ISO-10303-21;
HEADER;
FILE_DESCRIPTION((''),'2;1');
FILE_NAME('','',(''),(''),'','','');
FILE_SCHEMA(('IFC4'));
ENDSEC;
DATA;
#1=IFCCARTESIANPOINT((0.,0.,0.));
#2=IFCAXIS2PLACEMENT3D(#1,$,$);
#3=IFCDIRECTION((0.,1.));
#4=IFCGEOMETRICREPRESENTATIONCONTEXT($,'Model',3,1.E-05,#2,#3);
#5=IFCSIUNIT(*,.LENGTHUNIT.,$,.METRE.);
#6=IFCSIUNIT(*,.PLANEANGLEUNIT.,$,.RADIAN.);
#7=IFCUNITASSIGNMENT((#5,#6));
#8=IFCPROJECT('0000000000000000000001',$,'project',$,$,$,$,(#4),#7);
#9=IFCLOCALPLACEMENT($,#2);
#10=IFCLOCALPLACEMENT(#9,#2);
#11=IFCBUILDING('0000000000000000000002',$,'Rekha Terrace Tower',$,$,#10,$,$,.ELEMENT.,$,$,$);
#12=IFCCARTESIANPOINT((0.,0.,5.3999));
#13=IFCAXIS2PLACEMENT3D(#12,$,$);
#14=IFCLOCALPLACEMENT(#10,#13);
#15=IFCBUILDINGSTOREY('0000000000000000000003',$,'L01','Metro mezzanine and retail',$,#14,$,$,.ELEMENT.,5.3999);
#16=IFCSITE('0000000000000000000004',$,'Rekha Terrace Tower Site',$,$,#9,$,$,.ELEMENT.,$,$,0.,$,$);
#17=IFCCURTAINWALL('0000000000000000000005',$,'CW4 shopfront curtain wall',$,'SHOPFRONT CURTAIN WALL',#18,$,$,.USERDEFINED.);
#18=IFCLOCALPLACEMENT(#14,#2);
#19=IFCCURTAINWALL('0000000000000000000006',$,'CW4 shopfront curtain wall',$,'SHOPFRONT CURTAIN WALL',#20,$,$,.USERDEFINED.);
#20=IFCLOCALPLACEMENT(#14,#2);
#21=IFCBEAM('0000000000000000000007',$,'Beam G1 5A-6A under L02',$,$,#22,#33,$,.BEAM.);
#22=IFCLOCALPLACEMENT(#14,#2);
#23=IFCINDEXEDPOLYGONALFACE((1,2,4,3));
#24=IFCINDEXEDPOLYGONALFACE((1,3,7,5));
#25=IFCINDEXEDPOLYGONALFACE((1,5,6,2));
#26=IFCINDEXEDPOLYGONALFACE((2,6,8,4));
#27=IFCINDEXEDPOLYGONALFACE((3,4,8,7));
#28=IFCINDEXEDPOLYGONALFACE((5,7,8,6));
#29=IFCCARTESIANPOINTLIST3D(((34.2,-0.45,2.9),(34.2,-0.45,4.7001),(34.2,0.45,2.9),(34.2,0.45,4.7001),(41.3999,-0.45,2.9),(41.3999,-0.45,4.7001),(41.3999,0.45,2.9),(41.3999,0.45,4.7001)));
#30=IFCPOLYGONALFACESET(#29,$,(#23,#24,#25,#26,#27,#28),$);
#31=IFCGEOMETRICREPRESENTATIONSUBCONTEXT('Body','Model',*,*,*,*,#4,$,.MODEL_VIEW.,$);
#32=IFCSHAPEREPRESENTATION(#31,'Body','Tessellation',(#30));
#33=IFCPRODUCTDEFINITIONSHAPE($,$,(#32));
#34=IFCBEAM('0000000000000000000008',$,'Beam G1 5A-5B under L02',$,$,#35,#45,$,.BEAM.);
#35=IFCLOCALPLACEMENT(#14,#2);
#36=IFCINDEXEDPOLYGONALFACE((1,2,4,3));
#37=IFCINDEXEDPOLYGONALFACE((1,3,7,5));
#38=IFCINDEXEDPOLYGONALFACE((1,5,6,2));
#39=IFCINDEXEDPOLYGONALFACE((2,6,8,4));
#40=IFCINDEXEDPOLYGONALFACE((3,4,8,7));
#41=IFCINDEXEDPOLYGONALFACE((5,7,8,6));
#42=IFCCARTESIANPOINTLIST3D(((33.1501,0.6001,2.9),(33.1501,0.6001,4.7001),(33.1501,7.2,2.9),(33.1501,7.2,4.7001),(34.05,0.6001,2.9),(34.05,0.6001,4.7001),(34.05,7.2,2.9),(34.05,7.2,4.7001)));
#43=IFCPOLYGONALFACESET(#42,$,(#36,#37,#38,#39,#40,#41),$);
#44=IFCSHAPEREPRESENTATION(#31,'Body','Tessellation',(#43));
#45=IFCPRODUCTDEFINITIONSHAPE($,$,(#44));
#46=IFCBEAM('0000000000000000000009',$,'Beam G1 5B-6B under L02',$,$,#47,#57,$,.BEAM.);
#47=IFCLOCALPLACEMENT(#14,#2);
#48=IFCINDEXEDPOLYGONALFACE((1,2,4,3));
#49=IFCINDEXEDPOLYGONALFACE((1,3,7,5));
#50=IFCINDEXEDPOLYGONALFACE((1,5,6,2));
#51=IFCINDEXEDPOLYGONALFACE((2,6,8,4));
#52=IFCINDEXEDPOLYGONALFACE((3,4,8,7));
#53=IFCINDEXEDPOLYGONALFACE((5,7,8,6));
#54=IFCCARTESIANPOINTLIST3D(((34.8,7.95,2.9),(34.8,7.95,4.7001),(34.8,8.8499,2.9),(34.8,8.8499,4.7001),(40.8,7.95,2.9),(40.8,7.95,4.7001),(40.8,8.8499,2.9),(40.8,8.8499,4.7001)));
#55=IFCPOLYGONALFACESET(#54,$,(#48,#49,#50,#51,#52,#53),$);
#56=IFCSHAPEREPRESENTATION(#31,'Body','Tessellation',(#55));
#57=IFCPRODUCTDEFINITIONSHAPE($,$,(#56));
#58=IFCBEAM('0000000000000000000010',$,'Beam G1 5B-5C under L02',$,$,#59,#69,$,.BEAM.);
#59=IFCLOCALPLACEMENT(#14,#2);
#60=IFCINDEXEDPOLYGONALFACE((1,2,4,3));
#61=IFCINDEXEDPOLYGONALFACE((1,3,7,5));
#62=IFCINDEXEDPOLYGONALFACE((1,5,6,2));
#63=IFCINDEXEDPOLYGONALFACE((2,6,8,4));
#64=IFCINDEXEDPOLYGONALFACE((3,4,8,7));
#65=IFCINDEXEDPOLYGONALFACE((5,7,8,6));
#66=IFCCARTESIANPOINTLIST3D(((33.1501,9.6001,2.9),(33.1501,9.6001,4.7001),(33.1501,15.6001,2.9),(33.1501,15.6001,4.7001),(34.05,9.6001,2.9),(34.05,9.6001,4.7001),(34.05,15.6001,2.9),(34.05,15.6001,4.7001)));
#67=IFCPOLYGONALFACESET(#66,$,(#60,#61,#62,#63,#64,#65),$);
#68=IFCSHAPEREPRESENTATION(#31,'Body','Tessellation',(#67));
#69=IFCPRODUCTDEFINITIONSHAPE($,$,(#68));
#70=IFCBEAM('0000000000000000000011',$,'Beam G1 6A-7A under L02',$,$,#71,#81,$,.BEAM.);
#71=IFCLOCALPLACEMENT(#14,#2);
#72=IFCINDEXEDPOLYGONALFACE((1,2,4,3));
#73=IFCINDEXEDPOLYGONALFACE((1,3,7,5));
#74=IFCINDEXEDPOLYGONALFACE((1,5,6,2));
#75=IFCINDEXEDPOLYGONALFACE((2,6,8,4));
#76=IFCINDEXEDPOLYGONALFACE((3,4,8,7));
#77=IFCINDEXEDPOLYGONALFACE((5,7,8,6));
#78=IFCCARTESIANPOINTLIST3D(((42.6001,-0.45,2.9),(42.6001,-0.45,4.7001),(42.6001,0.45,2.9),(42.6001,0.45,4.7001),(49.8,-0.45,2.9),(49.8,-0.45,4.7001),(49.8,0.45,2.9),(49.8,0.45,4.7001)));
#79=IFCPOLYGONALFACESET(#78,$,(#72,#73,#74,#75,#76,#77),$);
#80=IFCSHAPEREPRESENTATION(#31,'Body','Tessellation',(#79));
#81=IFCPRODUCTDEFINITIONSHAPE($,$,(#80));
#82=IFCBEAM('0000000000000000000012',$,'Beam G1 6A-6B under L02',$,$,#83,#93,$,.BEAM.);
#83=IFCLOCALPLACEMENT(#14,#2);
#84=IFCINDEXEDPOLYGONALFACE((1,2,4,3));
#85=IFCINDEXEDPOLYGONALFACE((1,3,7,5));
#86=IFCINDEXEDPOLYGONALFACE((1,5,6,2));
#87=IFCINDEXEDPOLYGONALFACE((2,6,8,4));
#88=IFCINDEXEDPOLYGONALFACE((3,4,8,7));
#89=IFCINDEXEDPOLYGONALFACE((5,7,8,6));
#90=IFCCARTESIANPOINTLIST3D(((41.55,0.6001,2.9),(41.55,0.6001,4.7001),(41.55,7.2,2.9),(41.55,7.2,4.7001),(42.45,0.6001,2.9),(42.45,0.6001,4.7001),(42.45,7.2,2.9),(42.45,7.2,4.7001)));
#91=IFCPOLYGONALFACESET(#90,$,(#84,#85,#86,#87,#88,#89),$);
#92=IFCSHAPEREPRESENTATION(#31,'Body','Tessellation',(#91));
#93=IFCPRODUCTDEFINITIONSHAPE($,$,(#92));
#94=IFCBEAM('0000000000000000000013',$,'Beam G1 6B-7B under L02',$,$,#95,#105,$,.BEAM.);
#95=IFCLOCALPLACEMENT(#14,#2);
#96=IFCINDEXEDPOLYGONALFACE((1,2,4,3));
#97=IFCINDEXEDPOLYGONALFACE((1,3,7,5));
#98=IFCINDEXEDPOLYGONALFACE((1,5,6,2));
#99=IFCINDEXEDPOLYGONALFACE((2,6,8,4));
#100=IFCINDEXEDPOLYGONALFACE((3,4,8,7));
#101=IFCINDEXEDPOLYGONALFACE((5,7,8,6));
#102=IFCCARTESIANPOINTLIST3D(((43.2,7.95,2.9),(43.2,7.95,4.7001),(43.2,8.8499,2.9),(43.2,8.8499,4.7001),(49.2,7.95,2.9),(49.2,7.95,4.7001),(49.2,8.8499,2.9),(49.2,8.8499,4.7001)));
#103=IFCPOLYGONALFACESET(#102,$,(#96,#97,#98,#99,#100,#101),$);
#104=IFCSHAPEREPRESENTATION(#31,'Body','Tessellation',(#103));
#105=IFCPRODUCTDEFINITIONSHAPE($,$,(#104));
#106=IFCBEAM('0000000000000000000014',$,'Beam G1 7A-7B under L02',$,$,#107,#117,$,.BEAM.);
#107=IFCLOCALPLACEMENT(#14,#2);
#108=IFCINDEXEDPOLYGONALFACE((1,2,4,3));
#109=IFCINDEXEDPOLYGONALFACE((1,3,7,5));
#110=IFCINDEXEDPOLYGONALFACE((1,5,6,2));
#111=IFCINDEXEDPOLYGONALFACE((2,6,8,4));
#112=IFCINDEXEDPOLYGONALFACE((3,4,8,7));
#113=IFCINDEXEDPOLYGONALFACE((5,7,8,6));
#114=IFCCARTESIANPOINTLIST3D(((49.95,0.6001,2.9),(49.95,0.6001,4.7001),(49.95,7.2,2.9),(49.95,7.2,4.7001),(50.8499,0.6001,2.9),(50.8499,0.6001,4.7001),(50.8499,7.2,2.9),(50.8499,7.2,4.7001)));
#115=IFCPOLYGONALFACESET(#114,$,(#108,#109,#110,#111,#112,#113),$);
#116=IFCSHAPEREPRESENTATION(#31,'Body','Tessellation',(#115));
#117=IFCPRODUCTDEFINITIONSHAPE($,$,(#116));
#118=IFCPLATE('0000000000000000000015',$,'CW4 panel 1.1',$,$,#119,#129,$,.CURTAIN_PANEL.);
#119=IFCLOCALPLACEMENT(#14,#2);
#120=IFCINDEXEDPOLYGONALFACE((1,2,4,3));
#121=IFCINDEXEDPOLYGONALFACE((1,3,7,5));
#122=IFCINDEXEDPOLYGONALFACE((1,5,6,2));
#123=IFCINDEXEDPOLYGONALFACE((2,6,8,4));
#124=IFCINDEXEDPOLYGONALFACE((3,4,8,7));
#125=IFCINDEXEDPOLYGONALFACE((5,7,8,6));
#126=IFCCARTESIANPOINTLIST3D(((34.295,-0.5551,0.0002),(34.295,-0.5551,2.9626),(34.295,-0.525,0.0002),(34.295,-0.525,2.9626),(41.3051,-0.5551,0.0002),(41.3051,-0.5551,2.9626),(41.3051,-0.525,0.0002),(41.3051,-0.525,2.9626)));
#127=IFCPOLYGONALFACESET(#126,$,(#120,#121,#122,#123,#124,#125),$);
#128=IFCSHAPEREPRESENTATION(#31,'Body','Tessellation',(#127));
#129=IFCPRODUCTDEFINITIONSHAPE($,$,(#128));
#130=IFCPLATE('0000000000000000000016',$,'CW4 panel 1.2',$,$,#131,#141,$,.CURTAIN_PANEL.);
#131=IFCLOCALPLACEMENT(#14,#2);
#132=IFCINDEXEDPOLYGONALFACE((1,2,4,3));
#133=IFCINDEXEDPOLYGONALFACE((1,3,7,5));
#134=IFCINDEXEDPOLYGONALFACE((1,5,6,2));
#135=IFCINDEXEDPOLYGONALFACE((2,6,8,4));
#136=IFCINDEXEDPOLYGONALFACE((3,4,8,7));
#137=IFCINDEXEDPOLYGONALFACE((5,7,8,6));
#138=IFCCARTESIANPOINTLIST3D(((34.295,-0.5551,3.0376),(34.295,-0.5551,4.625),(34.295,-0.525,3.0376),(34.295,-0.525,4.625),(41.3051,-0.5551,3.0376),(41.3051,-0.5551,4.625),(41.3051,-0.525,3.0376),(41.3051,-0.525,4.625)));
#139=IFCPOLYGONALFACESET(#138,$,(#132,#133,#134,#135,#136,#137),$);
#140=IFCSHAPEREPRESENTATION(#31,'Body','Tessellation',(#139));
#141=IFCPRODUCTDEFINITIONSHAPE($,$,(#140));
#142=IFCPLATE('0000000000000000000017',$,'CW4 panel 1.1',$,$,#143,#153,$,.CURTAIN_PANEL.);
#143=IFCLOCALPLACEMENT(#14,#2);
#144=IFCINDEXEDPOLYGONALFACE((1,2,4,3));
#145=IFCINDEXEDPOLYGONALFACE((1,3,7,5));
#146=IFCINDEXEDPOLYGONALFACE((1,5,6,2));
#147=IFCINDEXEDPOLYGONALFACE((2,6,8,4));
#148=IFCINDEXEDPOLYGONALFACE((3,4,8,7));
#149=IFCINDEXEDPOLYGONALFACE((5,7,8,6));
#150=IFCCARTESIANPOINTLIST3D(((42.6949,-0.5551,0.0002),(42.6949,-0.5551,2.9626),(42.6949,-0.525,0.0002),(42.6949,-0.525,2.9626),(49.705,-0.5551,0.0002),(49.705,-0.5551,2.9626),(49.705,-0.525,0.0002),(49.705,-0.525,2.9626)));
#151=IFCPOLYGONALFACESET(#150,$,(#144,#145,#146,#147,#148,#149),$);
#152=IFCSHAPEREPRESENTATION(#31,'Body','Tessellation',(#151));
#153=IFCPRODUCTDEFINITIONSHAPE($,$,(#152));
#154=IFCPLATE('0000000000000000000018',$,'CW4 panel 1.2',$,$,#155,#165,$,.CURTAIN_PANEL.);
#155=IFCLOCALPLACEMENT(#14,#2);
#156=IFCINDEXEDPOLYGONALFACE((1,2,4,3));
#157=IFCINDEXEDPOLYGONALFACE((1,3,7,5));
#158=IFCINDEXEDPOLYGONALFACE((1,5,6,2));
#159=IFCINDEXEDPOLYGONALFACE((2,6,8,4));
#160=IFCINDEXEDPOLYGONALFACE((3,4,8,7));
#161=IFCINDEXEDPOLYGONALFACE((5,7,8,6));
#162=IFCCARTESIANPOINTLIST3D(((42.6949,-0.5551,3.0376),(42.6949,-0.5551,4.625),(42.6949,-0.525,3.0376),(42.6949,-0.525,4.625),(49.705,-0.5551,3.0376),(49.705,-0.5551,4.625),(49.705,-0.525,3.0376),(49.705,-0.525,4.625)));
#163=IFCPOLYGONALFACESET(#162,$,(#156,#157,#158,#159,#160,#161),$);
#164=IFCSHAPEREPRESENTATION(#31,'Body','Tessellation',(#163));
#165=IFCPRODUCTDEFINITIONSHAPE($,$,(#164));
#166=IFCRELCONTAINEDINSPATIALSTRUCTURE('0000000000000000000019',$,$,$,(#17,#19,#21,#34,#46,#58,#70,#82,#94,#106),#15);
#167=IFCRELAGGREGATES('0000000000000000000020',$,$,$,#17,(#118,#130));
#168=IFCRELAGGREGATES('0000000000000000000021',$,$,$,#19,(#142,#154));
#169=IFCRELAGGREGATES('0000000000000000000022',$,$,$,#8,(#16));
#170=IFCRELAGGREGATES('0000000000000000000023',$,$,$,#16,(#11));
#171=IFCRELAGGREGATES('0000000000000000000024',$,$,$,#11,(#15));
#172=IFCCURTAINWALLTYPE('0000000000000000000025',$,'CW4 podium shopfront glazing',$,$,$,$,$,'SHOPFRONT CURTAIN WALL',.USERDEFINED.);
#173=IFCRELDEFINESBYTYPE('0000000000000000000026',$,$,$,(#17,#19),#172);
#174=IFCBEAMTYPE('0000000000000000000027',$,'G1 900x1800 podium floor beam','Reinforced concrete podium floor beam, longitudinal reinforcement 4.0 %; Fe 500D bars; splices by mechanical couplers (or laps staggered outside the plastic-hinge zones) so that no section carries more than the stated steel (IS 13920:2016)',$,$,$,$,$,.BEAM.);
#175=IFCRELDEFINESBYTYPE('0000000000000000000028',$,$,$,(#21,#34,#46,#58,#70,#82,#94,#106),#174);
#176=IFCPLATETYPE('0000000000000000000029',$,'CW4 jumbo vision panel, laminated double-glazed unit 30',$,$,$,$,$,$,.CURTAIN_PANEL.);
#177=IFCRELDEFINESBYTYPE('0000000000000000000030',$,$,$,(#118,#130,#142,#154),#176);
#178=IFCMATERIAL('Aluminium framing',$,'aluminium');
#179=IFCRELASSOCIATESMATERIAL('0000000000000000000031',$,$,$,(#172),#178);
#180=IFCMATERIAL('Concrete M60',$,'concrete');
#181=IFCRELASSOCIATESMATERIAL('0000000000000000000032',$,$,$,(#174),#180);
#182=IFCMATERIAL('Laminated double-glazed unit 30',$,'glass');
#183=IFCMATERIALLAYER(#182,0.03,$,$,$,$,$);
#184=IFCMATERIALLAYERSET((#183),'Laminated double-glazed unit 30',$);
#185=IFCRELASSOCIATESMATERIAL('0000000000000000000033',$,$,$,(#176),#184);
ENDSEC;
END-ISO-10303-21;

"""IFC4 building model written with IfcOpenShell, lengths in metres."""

from ifc_helpers import new_model, si_unit, direction, frame, origin, origin_2d, place, context, subcontext, project, spatial, rectangle, extrude, material, layer, layer_set, material_profile, profile_set, type_object, element, aggregate, save


model = new_model("IFC4")

# Units and contexts
model_context = context("Model", 3, precision=1e-05, world=origin(), true_north=direction((0.0, 1.0)))
body_context = subcontext(model_context, "Body", "Model", "MODEL_VIEW")
ifc_project = project(units=[si_unit("LENGTHUNIT", "METRE"), si_unit("PLANEANGLEUNIT", "RADIAN")], contexts=[model_context])

# Site, building, storey
site_placement = place(None, origin())
site = spatial("IfcSite", under=ifc_project, at=site_placement, Name="Rekha Terrace Tower Site", CompositionType="ELEMENT", RefElevation=0.0)
building_placement = place(site_placement, origin())
building = spatial("IfcBuilding", under=site, at=building_placement, Name="Rekha Terrace Tower", CompositionType="ELEMENT")
storey_placement = place(building_placement, frame((0.0, 0.0, 5.3999)))
storey = spatial("IfcBuildingStorey", under=building, at=storey_placement, Name="L01", Description="Metro mezzanine and retail", CompositionType="ELEMENT", Elevation=5.3999)

# Shared definitions
ifc_material_1 = material(Name="Concrete M60", Category="concrete")

# Curtain walls
ifc_material_2 = material(Name="Aluminium framing", Category="aluminium")
curtain_wall_type = type_object("IfcCurtainWallType", Name="CW4 podium shopfront glazing", ElementType="SHOPFRONT CURTAIN WALL", PredefinedType="USERDEFINED", material=ifc_material_2)
curtain_wall_1_placement = place(storey_placement, origin())
curtain_wall_1 = element("IfcCurtainWall", 1, at=curtain_wall_1_placement, inside=storey, type_object=curtain_wall_type, Name="CW4 shopfront curtain wall", ObjectType="SHOPFRONT CURTAIN WALL", PredefinedType="USERDEFINED")
curtain_wall_2_placement = place(storey_placement, origin())
curtain_wall_2 = element("IfcCurtainWall", 2, at=curtain_wall_2_placement, inside=storey, type_object=curtain_wall_type, Name="CW4 shopfront curtain wall", ObjectType="SHOPFRONT CURTAIN WALL", PredefinedType="USERDEFINED")

# Beams
ifc_material_profile_1 = material_profile(ifc_material_1, rectangle(XDim=0.8999, YDim=1.8, at=origin_2d()), Name="RC 900x1800")
ifc_profile_set_1 = profile_set([ifc_material_profile_1], Name="Concrete M60")
beam_type = type_object("IfcBeamType", Name="G1 900x1800 podium floor beam", Description="Reinforced concrete podium floor beam, longitudinal reinforcement 4.0 %; Fe 500D bars; splices by mechanical couplers (or laps staggered outside the plastic-hinge zones) so that no section carries more than the stated steel (IS 13920:2016)", PredefinedType="BEAM", material=ifc_profile_set_1)
beam_1_placement = place(storey_placement, frame((34.2, 0.0, 3.8), z_axis=(1.0, 0.0, 0.0), x_axis=(0.0, 1.0, 0.0)))
element("IfcBeam", 3, at=beam_1_placement, inside=storey, type_object=beam_type, Name="Beam G1 5A-6A under L02", PredefinedType="BEAM", context=body_context, shape_type="SweptSolid", body=[
    extrude(rectangle(XDim=0.8999, YDim=1.8, at=origin_2d()), origin(), (0.0, 0.0, 1.0), 7.2),
])
beam_2_placement = place(storey_placement, frame((33.6001, 0.6001, 3.8), z_axis=(0.0, 1.0, 0.0), x_axis=(-1.0, 0.0, 0.0)))
element("IfcBeam", 4, at=beam_2_placement, inside=storey, type_object=beam_type, Name="Beam G1 5A-5B under L02", PredefinedType="BEAM", context=body_context, shape_type="SweptSolid", body=[
    extrude(rectangle(XDim=0.8999, YDim=1.8, at=origin_2d()), origin(), (0.0, 0.0, 1.0), 6.5999),
])
for number, where, z_axis, x_axis, name in (
    (5, (34.8, 8.3999, 3.8), (1.0, 0.0, 0.0), (0.0, 1.0, 0.0), "Beam G1 5B-6B under L02"),
    (6, (33.6001, 9.6001, 3.8), (0.0, 1.0, 0.0), (-1.0, 0.0, 0.0), "Beam G1 5B-5C under L02"),
):
    element("IfcBeam", number, at=place(storey_placement, frame(where, z_axis=z_axis, x_axis=x_axis)), inside=storey, type_object=beam_type, Name=name, PredefinedType="BEAM", context=body_context, shape_type="SweptSolid", body=[
        extrude(rectangle(XDim=0.8999, YDim=1.8, at=origin_2d()), origin(), (0.0, 0.0, 1.0), 6.0),
    ])
beam_3_placement = place(storey_placement, frame((42.6001, 0.0, 3.8), z_axis=(1.0, 0.0, 0.0), x_axis=(0.0, 1.0, 0.0)))
element("IfcBeam", 7, at=beam_3_placement, inside=storey, type_object=beam_type, Name="Beam G1 6A-7A under L02", PredefinedType="BEAM", context=body_context, shape_type="SweptSolid", body=[
    extrude(rectangle(XDim=0.8999, YDim=1.8, at=origin_2d()), origin(), (0.0, 0.0, 1.0), 7.2),
])
beam_4_placement = place(storey_placement, frame((42.0, 0.6001, 3.8), z_axis=(0.0, 1.0, 0.0), x_axis=(-1.0, 0.0, 0.0)))
element("IfcBeam", 8, at=beam_4_placement, inside=storey, type_object=beam_type, Name="Beam G1 6A-6B under L02", PredefinedType="BEAM", context=body_context, shape_type="SweptSolid", body=[
    extrude(rectangle(XDim=0.8999, YDim=1.8, at=origin_2d()), origin(), (0.0, 0.0, 1.0), 6.5999),
])
beam_5_placement = place(storey_placement, frame((43.2, 8.3999, 3.8), z_axis=(1.0, 0.0, 0.0), x_axis=(0.0, 1.0, 0.0)))
element("IfcBeam", 9, at=beam_5_placement, inside=storey, type_object=beam_type, Name="Beam G1 6B-7B under L02", PredefinedType="BEAM", context=body_context, shape_type="SweptSolid", body=[
    extrude(rectangle(XDim=0.8999, YDim=1.8, at=origin_2d()), origin(), (0.0, 0.0, 1.0), 6.0),
])
beam_6_placement = place(storey_placement, frame((50.3999, 0.6001, 3.8), z_axis=(0.0, 1.0, 0.0), x_axis=(-1.0, 0.0, 0.0)))
element("IfcBeam", 10, at=beam_6_placement, inside=storey, type_object=beam_type, Name="Beam G1 7A-7B under L02", PredefinedType="BEAM", context=body_context, shape_type="SweptSolid", body=[
    extrude(rectangle(XDim=0.8999, YDim=1.8, at=origin_2d()), origin(), (0.0, 0.0, 1.0), 6.5999),
])

# Plates
ifc_material_3 = material(Name="Laminated double-glazed unit 30", Category="glass")
ifc_layer = layer(ifc_material_3, 0.03)
ifc_layer_set = layer_set([ifc_layer], Name="Laminated double-glazed unit 30")
plate_type = type_object("IfcPlateType", Name="CW4 jumbo vision panel, laminated double-glazed unit 30", PredefinedType="CURTAIN_PANEL", material=ifc_layer_set)
plate_1_placement = place(storey_placement, frame((37.8, -0.54, 0.0002), z_axis=(0.0, 0.0, 1.0), x_axis=(1.0, 0.0, 0.0)))
plate_1 = element("IfcPlate", 11, at=plate_1_placement, type_object=plate_type, Name="CW4 panel 1.1", PredefinedType="CURTAIN_PANEL", context=body_context, shape_type="SweptSolid", body=[
    extrude(rectangle(XDim=7.01, YDim=0.03, at=origin_2d()), origin(), (0.0, 0.0, 1.0), 2.9624),
])
plate_2_placement = place(storey_placement, frame((37.8, -0.54, 3.0376), z_axis=(0.0, 0.0, 1.0), x_axis=(1.0, 0.0, 0.0)))
plate_2 = element("IfcPlate", 12, at=plate_2_placement, type_object=plate_type, Name="CW4 panel 1.2", PredefinedType="CURTAIN_PANEL", context=body_context, shape_type="SweptSolid", body=[
    extrude(rectangle(XDim=7.01, YDim=0.03, at=origin_2d()), origin(), (0.0, 0.0, 1.0), 1.5874),
])
aggregate(curtain_wall_1, [plate_1, plate_2])
plate_3_placement = place(storey_placement, frame((46.2, -0.54, 0.0002), z_axis=(0.0, 0.0, 1.0), x_axis=(1.0, 0.0, 0.0)))
plate_3 = element("IfcPlate", 13, at=plate_3_placement, type_object=plate_type, Name="CW4 panel 1.1", PredefinedType="CURTAIN_PANEL", context=body_context, shape_type="SweptSolid", body=[
    extrude(rectangle(XDim=7.01, YDim=0.03, at=origin_2d()), origin(), (0.0, 0.0, 1.0), 2.9624),
])
plate_4_placement = place(storey_placement, frame((46.2, -0.54, 3.0376), z_axis=(0.0, 0.0, 1.0), x_axis=(1.0, 0.0, 0.0)))
plate_4 = element("IfcPlate", 14, at=plate_4_placement, type_object=plate_type, Name="CW4 panel 1.2", PredefinedType="CURTAIN_PANEL", context=body_context, shape_type="SweptSolid", body=[
    extrude(rectangle(XDim=7.01, YDim=0.03, at=origin_2d()), origin(), (0.0, 0.0, 1.0), 1.5874),
])
aggregate(curtain_wall_2, [plate_3, plate_4])

save(model, "model.ifc")
